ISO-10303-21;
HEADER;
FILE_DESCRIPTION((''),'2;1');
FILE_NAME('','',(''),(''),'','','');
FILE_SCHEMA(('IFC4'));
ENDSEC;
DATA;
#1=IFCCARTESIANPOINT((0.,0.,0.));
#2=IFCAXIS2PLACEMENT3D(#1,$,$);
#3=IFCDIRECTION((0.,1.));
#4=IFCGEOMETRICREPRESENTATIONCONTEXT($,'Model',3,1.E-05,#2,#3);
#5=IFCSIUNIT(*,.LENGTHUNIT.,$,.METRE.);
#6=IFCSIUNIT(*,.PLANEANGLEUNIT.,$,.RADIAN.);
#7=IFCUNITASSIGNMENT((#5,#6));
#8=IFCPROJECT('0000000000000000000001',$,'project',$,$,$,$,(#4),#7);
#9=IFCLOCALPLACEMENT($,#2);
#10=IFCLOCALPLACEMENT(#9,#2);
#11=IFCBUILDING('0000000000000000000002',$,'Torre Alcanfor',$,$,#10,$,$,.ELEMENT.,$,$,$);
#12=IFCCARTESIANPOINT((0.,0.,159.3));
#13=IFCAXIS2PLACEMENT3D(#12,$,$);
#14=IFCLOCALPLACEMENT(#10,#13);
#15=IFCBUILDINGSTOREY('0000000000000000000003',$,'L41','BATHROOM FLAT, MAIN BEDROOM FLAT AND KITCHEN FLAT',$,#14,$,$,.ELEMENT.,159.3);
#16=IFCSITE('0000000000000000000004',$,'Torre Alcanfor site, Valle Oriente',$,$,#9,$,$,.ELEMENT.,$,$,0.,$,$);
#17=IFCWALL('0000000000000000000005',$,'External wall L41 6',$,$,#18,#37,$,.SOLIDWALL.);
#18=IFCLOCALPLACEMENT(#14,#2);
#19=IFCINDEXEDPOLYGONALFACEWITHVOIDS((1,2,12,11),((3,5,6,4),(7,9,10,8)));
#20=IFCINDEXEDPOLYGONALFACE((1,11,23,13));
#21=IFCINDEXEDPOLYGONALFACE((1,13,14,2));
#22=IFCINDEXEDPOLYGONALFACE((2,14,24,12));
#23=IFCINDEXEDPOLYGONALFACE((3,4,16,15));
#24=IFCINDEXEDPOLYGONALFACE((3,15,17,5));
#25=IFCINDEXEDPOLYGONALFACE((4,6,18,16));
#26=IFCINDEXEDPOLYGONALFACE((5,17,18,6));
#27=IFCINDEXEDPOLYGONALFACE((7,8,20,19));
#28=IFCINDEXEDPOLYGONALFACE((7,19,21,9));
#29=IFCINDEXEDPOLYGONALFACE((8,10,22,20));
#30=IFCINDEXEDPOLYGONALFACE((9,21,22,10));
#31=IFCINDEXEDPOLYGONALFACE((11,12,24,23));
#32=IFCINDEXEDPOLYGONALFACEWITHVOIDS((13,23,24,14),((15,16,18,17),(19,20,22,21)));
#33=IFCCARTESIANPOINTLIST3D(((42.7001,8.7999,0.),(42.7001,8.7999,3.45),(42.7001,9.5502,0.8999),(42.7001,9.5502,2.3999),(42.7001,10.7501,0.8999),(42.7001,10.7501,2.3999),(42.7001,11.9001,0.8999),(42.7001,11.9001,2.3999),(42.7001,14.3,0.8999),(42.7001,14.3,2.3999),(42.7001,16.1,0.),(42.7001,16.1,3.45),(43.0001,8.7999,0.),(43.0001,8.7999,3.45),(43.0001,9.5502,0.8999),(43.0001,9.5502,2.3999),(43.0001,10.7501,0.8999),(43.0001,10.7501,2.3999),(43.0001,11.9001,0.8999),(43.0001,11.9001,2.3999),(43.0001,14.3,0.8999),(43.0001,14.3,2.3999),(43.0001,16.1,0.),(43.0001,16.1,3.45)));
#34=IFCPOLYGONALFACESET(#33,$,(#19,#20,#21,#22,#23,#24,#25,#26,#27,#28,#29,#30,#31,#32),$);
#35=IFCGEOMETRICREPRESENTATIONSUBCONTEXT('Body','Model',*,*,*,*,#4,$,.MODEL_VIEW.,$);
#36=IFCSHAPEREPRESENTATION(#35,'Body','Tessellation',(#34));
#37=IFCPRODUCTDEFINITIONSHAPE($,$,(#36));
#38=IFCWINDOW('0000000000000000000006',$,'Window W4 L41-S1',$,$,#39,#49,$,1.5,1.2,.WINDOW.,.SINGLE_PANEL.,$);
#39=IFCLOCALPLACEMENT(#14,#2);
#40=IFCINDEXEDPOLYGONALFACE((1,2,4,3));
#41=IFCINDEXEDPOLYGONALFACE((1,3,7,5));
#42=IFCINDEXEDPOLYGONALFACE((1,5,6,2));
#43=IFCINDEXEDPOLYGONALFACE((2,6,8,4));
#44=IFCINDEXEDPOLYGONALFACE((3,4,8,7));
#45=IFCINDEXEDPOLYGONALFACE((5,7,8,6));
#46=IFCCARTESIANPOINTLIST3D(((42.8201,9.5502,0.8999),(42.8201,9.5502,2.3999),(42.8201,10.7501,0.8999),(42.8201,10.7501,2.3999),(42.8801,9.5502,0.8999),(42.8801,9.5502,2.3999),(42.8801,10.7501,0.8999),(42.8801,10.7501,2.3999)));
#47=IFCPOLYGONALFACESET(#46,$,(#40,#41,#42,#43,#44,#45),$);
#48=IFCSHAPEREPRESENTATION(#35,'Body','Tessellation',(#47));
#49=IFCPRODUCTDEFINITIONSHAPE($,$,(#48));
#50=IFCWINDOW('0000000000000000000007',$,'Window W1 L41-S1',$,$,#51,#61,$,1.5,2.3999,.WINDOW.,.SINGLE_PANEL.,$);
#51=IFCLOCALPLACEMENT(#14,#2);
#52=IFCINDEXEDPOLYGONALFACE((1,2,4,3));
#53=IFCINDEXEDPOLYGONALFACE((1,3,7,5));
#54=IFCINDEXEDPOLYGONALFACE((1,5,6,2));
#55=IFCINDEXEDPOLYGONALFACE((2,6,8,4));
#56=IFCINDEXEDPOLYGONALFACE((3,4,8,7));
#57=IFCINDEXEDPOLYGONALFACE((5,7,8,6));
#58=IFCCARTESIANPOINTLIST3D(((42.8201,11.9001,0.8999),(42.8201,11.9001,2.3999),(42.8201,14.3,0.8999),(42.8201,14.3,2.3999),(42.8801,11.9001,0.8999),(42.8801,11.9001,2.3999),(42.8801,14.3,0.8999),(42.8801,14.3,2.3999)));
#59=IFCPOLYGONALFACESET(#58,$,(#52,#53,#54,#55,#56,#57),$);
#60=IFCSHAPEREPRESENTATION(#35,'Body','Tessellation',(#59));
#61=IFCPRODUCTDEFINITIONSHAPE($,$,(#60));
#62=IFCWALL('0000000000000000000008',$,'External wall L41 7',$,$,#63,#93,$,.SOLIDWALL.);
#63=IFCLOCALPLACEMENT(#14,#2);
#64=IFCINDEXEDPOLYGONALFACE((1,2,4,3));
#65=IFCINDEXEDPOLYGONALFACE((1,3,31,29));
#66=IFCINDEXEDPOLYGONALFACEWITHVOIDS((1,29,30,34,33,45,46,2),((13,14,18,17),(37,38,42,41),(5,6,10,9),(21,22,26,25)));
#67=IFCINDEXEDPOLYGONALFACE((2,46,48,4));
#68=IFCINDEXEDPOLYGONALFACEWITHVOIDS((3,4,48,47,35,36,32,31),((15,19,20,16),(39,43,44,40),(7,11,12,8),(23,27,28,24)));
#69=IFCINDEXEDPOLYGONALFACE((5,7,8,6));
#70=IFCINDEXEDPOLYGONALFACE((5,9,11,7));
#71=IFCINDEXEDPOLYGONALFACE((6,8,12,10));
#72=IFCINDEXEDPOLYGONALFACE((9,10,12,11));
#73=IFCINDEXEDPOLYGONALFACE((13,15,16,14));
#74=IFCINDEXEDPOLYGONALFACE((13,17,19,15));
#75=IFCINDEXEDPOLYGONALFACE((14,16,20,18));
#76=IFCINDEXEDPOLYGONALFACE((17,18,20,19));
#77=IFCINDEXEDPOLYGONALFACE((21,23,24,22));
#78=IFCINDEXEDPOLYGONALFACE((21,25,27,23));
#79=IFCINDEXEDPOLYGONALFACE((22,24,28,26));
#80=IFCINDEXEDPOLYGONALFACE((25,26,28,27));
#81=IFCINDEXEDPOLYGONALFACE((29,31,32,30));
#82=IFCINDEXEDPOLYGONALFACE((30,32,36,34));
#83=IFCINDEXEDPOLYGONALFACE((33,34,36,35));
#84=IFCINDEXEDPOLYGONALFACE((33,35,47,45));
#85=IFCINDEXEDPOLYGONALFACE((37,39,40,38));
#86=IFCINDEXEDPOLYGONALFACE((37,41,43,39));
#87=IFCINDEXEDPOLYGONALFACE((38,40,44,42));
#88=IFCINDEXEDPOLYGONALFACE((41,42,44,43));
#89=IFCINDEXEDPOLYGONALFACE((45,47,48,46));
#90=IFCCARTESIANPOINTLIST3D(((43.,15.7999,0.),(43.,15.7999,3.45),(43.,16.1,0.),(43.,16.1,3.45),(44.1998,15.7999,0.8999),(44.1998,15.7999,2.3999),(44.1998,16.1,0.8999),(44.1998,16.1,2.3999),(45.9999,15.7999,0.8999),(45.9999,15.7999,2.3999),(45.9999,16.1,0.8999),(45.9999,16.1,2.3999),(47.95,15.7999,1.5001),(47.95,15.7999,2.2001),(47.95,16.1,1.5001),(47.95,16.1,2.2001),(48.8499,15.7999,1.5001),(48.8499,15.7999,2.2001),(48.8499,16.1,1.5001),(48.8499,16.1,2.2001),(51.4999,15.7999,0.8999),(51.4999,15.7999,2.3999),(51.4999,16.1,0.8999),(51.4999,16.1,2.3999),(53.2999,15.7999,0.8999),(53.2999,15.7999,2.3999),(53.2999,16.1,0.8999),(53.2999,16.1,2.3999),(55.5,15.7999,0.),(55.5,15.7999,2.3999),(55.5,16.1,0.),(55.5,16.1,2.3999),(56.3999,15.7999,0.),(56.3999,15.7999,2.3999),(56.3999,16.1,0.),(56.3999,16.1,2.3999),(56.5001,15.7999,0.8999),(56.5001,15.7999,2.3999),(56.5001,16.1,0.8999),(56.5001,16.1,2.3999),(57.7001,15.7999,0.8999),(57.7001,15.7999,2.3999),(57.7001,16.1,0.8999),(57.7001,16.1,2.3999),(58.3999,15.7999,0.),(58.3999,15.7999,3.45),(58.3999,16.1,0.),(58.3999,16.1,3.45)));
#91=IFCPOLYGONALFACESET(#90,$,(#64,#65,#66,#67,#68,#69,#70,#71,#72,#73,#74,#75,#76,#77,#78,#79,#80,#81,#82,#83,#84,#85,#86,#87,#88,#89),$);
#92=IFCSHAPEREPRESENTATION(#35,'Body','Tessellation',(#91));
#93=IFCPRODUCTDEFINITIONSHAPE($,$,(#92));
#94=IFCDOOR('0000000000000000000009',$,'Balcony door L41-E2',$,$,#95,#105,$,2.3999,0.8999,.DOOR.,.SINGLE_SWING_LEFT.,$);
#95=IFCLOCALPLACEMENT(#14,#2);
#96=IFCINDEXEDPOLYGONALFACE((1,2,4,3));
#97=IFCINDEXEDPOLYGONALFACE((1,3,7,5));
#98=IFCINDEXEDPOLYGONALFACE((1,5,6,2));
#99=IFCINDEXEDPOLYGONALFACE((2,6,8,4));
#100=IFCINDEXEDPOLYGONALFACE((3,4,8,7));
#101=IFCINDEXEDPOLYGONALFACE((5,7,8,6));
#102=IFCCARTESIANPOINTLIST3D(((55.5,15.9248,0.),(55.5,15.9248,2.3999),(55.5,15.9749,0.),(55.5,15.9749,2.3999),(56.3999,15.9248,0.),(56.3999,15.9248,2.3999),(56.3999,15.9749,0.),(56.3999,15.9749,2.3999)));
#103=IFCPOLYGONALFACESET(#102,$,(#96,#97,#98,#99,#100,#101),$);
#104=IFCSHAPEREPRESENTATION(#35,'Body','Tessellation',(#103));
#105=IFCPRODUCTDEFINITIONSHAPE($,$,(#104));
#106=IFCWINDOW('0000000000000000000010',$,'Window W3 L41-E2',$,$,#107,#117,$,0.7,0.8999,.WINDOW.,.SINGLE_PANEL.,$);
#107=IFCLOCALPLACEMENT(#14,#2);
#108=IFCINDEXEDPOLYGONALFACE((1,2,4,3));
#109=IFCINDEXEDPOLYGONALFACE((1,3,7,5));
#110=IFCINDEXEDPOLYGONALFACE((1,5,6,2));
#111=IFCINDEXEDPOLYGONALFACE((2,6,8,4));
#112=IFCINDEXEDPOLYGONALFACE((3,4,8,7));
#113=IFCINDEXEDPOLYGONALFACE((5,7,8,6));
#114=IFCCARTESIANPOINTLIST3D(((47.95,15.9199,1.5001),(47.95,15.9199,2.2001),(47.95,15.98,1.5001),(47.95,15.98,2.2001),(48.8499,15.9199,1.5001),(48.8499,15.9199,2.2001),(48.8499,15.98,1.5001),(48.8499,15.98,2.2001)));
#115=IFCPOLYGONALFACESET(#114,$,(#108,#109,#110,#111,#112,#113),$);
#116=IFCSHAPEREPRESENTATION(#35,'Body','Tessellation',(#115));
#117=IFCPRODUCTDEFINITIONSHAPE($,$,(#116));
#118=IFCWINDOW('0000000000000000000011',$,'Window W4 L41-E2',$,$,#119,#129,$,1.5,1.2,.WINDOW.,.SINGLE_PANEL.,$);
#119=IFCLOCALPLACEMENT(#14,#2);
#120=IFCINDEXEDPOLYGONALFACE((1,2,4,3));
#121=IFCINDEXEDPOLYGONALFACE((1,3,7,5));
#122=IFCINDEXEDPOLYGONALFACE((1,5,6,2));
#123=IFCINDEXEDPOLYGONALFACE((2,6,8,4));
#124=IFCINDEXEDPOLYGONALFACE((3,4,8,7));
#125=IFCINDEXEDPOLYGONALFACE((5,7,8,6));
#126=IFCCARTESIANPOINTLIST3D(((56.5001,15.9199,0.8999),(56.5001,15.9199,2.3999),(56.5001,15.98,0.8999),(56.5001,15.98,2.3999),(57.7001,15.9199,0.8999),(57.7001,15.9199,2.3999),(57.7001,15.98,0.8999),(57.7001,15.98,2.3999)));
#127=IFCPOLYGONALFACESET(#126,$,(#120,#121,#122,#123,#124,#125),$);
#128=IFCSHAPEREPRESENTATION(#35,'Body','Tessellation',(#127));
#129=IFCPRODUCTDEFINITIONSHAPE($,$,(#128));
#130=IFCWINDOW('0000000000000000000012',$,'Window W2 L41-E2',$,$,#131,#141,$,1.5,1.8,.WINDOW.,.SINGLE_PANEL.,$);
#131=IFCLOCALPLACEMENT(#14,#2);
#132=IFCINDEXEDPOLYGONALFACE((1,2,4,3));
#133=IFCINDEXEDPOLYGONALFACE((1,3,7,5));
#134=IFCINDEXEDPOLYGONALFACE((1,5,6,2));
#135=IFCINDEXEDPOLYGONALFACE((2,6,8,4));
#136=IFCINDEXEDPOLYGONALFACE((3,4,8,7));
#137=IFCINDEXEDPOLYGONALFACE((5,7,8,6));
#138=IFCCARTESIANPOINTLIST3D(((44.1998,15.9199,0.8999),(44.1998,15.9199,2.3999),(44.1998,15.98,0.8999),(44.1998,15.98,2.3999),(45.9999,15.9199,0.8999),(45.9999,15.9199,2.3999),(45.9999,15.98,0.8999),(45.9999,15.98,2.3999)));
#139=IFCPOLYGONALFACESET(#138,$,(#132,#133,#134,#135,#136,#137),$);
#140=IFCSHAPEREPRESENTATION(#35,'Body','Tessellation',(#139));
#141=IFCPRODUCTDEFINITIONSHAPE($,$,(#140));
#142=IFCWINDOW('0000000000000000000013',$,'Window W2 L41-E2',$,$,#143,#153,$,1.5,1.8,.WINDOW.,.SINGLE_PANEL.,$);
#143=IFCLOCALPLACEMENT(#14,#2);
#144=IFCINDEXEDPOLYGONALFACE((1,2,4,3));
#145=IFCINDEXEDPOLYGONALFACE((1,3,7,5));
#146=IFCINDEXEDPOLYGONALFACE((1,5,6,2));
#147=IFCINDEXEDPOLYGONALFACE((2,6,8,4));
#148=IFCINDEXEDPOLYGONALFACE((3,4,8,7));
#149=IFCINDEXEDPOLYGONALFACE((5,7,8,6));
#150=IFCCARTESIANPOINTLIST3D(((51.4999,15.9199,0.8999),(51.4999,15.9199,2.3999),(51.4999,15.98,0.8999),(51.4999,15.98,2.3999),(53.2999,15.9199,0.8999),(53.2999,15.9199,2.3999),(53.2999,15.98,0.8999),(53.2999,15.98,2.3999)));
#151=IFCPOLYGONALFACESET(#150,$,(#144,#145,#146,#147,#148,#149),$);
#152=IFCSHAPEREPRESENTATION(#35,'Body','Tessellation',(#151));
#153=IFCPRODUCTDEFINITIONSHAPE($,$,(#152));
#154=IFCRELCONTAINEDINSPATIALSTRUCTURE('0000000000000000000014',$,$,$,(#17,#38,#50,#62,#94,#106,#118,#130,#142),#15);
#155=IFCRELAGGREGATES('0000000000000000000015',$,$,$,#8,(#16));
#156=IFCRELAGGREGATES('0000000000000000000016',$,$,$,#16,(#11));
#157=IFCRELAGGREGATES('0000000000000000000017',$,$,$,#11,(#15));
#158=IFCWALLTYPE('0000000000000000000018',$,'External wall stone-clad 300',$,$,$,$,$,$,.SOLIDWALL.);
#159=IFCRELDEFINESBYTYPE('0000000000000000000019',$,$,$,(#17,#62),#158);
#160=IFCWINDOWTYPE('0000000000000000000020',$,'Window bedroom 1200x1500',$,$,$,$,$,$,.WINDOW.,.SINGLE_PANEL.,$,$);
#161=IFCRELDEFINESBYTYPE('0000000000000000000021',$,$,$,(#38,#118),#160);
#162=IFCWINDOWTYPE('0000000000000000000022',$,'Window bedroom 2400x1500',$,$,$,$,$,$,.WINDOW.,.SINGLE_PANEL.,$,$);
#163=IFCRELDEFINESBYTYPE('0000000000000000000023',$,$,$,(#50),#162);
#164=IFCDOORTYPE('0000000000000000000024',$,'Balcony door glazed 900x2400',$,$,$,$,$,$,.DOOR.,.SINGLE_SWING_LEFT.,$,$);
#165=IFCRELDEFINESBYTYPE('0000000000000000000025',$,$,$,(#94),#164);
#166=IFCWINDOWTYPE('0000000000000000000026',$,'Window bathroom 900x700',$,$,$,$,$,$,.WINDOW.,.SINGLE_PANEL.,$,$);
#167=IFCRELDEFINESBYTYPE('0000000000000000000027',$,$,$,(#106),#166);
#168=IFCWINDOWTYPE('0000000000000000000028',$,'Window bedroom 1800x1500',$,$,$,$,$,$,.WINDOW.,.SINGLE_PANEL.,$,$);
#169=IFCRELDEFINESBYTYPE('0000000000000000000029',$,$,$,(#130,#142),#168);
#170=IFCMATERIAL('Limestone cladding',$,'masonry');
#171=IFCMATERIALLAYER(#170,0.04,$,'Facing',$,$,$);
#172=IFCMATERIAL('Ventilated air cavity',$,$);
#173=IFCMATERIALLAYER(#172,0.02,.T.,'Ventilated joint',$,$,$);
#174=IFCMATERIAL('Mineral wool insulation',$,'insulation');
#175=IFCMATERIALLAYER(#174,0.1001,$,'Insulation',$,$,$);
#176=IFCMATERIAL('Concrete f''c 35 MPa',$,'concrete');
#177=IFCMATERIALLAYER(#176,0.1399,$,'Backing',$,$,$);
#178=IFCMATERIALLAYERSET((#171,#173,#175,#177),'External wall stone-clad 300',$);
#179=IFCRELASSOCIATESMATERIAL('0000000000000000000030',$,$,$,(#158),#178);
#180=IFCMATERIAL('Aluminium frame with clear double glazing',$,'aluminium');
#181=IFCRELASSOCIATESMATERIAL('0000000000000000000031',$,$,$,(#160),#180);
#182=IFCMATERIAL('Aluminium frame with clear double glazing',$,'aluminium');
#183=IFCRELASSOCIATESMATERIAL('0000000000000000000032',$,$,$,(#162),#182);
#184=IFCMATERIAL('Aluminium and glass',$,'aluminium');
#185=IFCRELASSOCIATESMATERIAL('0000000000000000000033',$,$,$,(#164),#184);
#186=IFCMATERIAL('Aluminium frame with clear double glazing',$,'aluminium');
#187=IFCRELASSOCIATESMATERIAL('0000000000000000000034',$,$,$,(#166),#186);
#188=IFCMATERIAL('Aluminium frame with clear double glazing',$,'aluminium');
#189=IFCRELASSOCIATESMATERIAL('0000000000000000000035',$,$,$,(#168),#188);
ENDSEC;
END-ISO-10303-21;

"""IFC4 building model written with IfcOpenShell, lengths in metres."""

from ifc_helpers import new_model, si_unit, direction, frame, frame_2d, origin, place, context, subcontext, project, spatial, rectangle, extrude, material, layer, layer_set, type_object, element, fill, save


model = new_model("IFC4")

# Units and contexts
model_context = context("Model", 3, precision=1e-05, world=origin(), true_north=direction((0.0, 1.0)))
body_context = subcontext(model_context, "Body", "Model", "MODEL_VIEW")
ifc_project = project(units=[si_unit("LENGTHUNIT", "METRE"), si_unit("PLANEANGLEUNIT", "RADIAN")], contexts=[model_context])

# Site, building, storey
site_placement = place(None, origin())
site = spatial("IfcSite", under=ifc_project, at=site_placement, Name="Torre Alcanfor site, Valle Oriente", CompositionType="ELEMENT", RefElevation=0.0)
building_placement = place(site_placement, origin())
building = spatial("IfcBuilding", under=site, at=building_placement, Name="Torre Alcanfor", CompositionType="ELEMENT")
storey_placement = place(building_placement, frame((0.0, 0.0, 159.3)))
storey = spatial("IfcBuildingStorey", under=building, at=storey_placement, Name="L41", Description="BATHROOM FLAT, MAIN BEDROOM FLAT AND KITCHEN FLAT", CompositionType="ELEMENT", Elevation=159.3)

# Wall, openings, windows
ifc_material_1 = material(Name="Limestone cladding", Category="masonry")
ifc_layer_1 = layer(ifc_material_1, 0.04, Name="Facing")
ifc_material_2 = material(Name="Ventilated air cavity")
ifc_layer_2 = layer(ifc_material_2, 0.02, ventilated=True, Name="Ventilated joint")
ifc_material_3 = material(Name="Mineral wool insulation", Category="insulation")
ifc_layer_3 = layer(ifc_material_3, 0.1001, Name="Insulation")
ifc_material_4 = material(Name="Concrete f'c 35 MPa", Category="concrete")
ifc_layer_4 = layer(ifc_material_4, 0.1399, Name="Backing")
ifc_layer_set_1 = layer_set([ifc_layer_1, ifc_layer_2, ifc_layer_3, ifc_layer_4], Name="External wall stone-clad 300")
wall_type_1 = type_object("IfcWallType", Name="External wall stone-clad 300", PredefinedType="SOLIDWALL", material=ifc_layer_set_1)
wall_1_placement = place(storey_placement, frame((42.8501, 8.8, 0.0), z_axis=(0.0, 0.0, 1.0), x_axis=(0.0, 1.0, 0.0)))
wall_1 = element("IfcWall", 1, at=wall_1_placement, inside=storey, type_object=wall_type_1, Name="External wall L41 6", PredefinedType="SOLIDWALL", context=body_context, shape_type="SweptSolid", body=[
    extrude(rectangle(XDim=7.3, YDim=0.3, at=frame_2d((3.6499, 0.0))), origin(), (0.0, 0.0, 1.0), 3.45),
])
opening_1_placement = place(wall_1_placement, frame((3.1001, 0.0, 0.8999)))
opening_1 = element("IfcOpeningElement", 2, at=opening_1_placement, cuts=wall_1, PredefinedType="OPENING", context=body_context, shape_type="SweptSolid", body=[
    extrude(rectangle(XDim=2.3999, YDim=1.5, at=frame_2d((1.2, 0.75))), frame((0.0, 0.1599, 0.0), z_axis=(0.0, -1.0, 0.0), x_axis=(1.0, 0.0, 0.0)), (0.0, 0.0, 1.0), 0.3201),
])
opening_2_placement = place(wall_1_placement, frame((0.75, 0.0, 0.8999)))
opening_2 = element("IfcOpeningElement", 3, at=opening_2_placement, cuts=wall_1, PredefinedType="OPENING", context=body_context, shape_type="SweptSolid", body=[
    extrude(rectangle(XDim=1.2, YDim=1.5, at=frame_2d((0.6001, 0.75))), frame((0.0, 0.1599, 0.0), z_axis=(0.0, -1.0, 0.0), x_axis=(1.0, 0.0, 0.0)), (0.0, 0.0, 1.0), 0.3201),
])
ifc_material_5 = material(Name="Aluminium frame with clear double glazing", Category="aluminium")
window_type_1 = type_object("IfcWindowType", Name="Window bedroom 1200x1500", PartitioningType="SINGLE_PANEL", PredefinedType="WINDOW", material=ifc_material_5)
window_1_placement = place(opening_2_placement, origin())
window_1 = element("IfcWindow", 4, at=window_1_placement, inside=storey, type_object=window_type_1, Name="Window W4 L41-S1", OverallHeight=1.5, OverallWidth=1.2, PartitioningType="SINGLE_PANEL", PredefinedType="WINDOW", context=body_context, shape_type="SweptSolid", body=[
    extrude(rectangle(XDim=1.2, YDim=1.5, at=frame_2d((0.6001, 0.75))), frame((0.0, 0.03, 0.0), z_axis=(0.0, -1.0, 0.0), x_axis=(1.0, 0.0, 0.0)), (0.0, 0.0, 1.0), 0.0601),
])
fill(opening_2, window_1)
ifc_material_6 = material(Name="Aluminium frame with clear double glazing", Category="aluminium")
window_type_2 = type_object("IfcWindowType", Name="Window bedroom 2400x1500", PartitioningType="SINGLE_PANEL", PredefinedType="WINDOW", material=ifc_material_6)
window_2_placement = place(opening_1_placement, origin())
window_2 = element("IfcWindow", 5, at=window_2_placement, inside=storey, type_object=window_type_2, Name="Window W1 L41-S1", OverallHeight=1.5, OverallWidth=2.3999, PartitioningType="SINGLE_PANEL", PredefinedType="WINDOW", context=body_context, shape_type="SweptSolid", body=[
    extrude(rectangle(XDim=2.3999, YDim=1.5, at=frame_2d((1.2, 0.75))), frame((0.0, 0.03, 0.0), z_axis=(0.0, -1.0, 0.0), x_axis=(1.0, 0.0, 0.0)), (0.0, 0.0, 1.0), 0.0601),
])
fill(opening_1, window_2)

# Wall, openings, door, windows
wall_2_placement = place(storey_placement, frame((43.0, 15.95, 0.0), z_axis=(0.0, 0.0, 1.0), x_axis=(1.0, 0.0, 0.0)))
wall_2 = element("IfcWall", 6, at=wall_2_placement, inside=storey, type_object=wall_type_1, Name="External wall L41 7", PredefinedType="SOLIDWALL", context=body_context, shape_type="SweptSolid", body=[
    extrude(rectangle(XDim=15.3999, YDim=0.3, at=frame_2d((7.7, 0.0))), origin(), (0.0, 0.0, 1.0), 3.45),
])
opening_3_placement = place(wall_2_placement, frame((1.2, 0.0, 0.8999)))
opening_3 = element("IfcOpeningElement", 7, at=opening_3_placement, cuts=wall_2, PredefinedType="OPENING", context=body_context, shape_type="SweptSolid", body=[
    extrude(rectangle(XDim=1.8, YDim=1.5, at=frame_2d((0.8999, 0.75))), frame((0.0, 0.1599, 0.0), z_axis=(0.0, -1.0, 0.0), x_axis=(1.0, 0.0, 0.0)), (0.0, 0.0, 1.0), 0.3201),
])
opening_4_placement = place(wall_2_placement, frame((4.95, 0.0, 1.5)))
opening_4 = element("IfcOpeningElement", 8, at=opening_4_placement, cuts=wall_2, PredefinedType="OPENING", context=body_context, shape_type="SweptSolid", body=[
    extrude(rectangle(XDim=0.8999, YDim=0.7, at=frame_2d((0.45, 0.3501))), frame((0.0, 0.1599, 0.0), z_axis=(0.0, -1.0, 0.0), x_axis=(1.0, 0.0, 0.0)), (0.0, 0.0, 1.0), 0.3201),
])
opening_5_placement = place(wall_2_placement, frame((8.5, 0.0, 0.8999)))
opening_5 = element("IfcOpeningElement", 9, at=opening_5_placement, cuts=wall_2, PredefinedType="OPENING", context=body_context, shape_type="SweptSolid", body=[
    extrude(rectangle(XDim=1.8, YDim=1.5, at=frame_2d((0.8999, 0.75))), frame((0.0, 0.1599, 0.0), z_axis=(0.0, -1.0, 0.0), x_axis=(1.0, 0.0, 0.0)), (0.0, 0.0, 1.0), 0.3201),
])
opening_6_placement = place(wall_2_placement, frame((12.5, 0.0, 0.0)))
opening_6 = element("IfcOpeningElement", 10, at=opening_6_placement, cuts=wall_2, PredefinedType="OPENING", context=body_context, shape_type="SweptSolid", body=[
    extrude(rectangle(XDim=0.8999, YDim=2.3999, at=frame_2d((0.45, 1.2))), frame((0.0, 0.1599, 0.0), z_axis=(0.0, -1.0, 0.0), x_axis=(1.0, 0.0, 0.0)), (0.0, 0.0, 1.0), 0.3201),
])
opening_7_placement = place(wall_2_placement, frame((13.5, 0.0, 0.8999)))
opening_7 = element("IfcOpeningElement", 11, at=opening_7_placement, cuts=wall_2, PredefinedType="OPENING", context=body_context, shape_type="SweptSolid", body=[
    extrude(rectangle(XDim=1.2, YDim=1.5, at=frame_2d((0.6001, 0.75))), frame((0.0, 0.1599, 0.0), z_axis=(0.0, -1.0, 0.0), x_axis=(1.0, 0.0, 0.0)), (0.0, 0.0, 1.0), 0.3201),
])
ifc_material_7 = material(Name="Aluminium and glass", Category="aluminium")
door_type_1 = type_object("IfcDoorType", Name="Balcony door glazed 900x2400", OperationType="SINGLE_SWING_LEFT", PredefinedType="DOOR", material=ifc_material_7)
door_1_placement = place(opening_6_placement, origin())
door_1 = element("IfcDoor", 12, at=door_1_placement, inside=storey, type_object=door_type_1, Name="Balcony door L41-E2", OperationType="SINGLE_SWING_LEFT", OverallHeight=2.3999, OverallWidth=0.8999, PredefinedType="DOOR", context=body_context, shape_type="SweptSolid", body=[
    extrude(rectangle(XDim=0.8999, YDim=2.3999, at=frame_2d((0.45, 1.2))), frame((0.0, 0.0249, 0.0), z_axis=(0.0, -1.0, 0.0), x_axis=(1.0, 0.0, 0.0)), (0.0, 0.0, 1.0), 0.05),
])
fill(opening_6, door_1)
ifc_material_8 = material(Name="Aluminium frame with clear double glazing", Category="aluminium")
window_type_3 = type_object("IfcWindowType", Name="Window bathroom 900x700", PartitioningType="SINGLE_PANEL", PredefinedType="WINDOW", material=ifc_material_8)
window_3_placement = place(opening_4_placement, origin())
window_3 = element("IfcWindow", 13, at=window_3_placement, inside=storey, type_object=window_type_3, Name="Window W3 L41-E2", OverallHeight=0.7, OverallWidth=0.8999, PartitioningType="SINGLE_PANEL", PredefinedType="WINDOW", context=body_context, shape_type="SweptSolid", body=[
    extrude(rectangle(XDim=0.8999, YDim=0.7, at=frame_2d((0.45, 0.3501))), frame((0.0, 0.03, 0.0), z_axis=(0.0, -1.0, 0.0), x_axis=(1.0, 0.0, 0.0)), (0.0, 0.0, 1.0), 0.0601),
])
fill(opening_4, window_3)
window_4_placement = place(opening_7_placement, origin())
window_4 = element("IfcWindow", 14, at=window_4_placement, inside=storey, type_object=window_type_1, Name="Window W4 L41-E2", OverallHeight=1.5, OverallWidth=1.2, PartitioningType="SINGLE_PANEL", PredefinedType="WINDOW", context=body_context, shape_type="SweptSolid", body=[
    extrude(rectangle(XDim=1.2, YDim=1.5, at=frame_2d((0.6001, 0.75))), frame((0.0, 0.03, 0.0), z_axis=(0.0, -1.0, 0.0), x_axis=(1.0, 0.0, 0.0)), (0.0, 0.0, 1.0), 0.0601),
])
fill(opening_7, window_4)
ifc_material_9 = material(Name="Aluminium frame with clear double glazing", Category="aluminium")
window_type_4 = type_object("IfcWindowType", Name="Window bedroom 1800x1500", PartitioningType="SINGLE_PANEL", PredefinedType="WINDOW", material=ifc_material_9)
window_5_placement = place(opening_3_placement, origin())
window_5 = element("IfcWindow", 15, at=window_5_placement, inside=storey, type_object=window_type_4, Name="Window W2 L41-E2", OverallHeight=1.5, OverallWidth=1.8, PartitioningType="SINGLE_PANEL", PredefinedType="WINDOW", context=body_context, shape_type="SweptSolid", body=[
    extrude(rectangle(XDim=1.8, YDim=1.5, at=frame_2d((0.8999, 0.75))), frame((0.0, 0.03, 0.0), z_axis=(0.0, -1.0, 0.0), x_axis=(1.0, 0.0, 0.0)), (0.0, 0.0, 1.0), 0.0601),
])
fill(opening_3, window_5)
window_6_placement = place(opening_5_placement, origin())
window_6 = element("IfcWindow", 16, at=window_6_placement, inside=storey, type_object=window_type_4, Name="Window W2 L41-E2", OverallHeight=1.5, OverallWidth=1.8, PartitioningType="SINGLE_PANEL", PredefinedType="WINDOW", context=body_context, shape_type="SweptSolid", body=[
    extrude(rectangle(XDim=1.8, YDim=1.5, at=frame_2d((0.8999, 0.75))), frame((0.0, 0.03, 0.0), z_axis=(0.0, -1.0, 0.0), x_axis=(1.0, 0.0, 0.0)), (0.0, 0.0, 1.0), 0.0601),
])
fill(opening_5, window_6)

save(model, "model.ifc")
